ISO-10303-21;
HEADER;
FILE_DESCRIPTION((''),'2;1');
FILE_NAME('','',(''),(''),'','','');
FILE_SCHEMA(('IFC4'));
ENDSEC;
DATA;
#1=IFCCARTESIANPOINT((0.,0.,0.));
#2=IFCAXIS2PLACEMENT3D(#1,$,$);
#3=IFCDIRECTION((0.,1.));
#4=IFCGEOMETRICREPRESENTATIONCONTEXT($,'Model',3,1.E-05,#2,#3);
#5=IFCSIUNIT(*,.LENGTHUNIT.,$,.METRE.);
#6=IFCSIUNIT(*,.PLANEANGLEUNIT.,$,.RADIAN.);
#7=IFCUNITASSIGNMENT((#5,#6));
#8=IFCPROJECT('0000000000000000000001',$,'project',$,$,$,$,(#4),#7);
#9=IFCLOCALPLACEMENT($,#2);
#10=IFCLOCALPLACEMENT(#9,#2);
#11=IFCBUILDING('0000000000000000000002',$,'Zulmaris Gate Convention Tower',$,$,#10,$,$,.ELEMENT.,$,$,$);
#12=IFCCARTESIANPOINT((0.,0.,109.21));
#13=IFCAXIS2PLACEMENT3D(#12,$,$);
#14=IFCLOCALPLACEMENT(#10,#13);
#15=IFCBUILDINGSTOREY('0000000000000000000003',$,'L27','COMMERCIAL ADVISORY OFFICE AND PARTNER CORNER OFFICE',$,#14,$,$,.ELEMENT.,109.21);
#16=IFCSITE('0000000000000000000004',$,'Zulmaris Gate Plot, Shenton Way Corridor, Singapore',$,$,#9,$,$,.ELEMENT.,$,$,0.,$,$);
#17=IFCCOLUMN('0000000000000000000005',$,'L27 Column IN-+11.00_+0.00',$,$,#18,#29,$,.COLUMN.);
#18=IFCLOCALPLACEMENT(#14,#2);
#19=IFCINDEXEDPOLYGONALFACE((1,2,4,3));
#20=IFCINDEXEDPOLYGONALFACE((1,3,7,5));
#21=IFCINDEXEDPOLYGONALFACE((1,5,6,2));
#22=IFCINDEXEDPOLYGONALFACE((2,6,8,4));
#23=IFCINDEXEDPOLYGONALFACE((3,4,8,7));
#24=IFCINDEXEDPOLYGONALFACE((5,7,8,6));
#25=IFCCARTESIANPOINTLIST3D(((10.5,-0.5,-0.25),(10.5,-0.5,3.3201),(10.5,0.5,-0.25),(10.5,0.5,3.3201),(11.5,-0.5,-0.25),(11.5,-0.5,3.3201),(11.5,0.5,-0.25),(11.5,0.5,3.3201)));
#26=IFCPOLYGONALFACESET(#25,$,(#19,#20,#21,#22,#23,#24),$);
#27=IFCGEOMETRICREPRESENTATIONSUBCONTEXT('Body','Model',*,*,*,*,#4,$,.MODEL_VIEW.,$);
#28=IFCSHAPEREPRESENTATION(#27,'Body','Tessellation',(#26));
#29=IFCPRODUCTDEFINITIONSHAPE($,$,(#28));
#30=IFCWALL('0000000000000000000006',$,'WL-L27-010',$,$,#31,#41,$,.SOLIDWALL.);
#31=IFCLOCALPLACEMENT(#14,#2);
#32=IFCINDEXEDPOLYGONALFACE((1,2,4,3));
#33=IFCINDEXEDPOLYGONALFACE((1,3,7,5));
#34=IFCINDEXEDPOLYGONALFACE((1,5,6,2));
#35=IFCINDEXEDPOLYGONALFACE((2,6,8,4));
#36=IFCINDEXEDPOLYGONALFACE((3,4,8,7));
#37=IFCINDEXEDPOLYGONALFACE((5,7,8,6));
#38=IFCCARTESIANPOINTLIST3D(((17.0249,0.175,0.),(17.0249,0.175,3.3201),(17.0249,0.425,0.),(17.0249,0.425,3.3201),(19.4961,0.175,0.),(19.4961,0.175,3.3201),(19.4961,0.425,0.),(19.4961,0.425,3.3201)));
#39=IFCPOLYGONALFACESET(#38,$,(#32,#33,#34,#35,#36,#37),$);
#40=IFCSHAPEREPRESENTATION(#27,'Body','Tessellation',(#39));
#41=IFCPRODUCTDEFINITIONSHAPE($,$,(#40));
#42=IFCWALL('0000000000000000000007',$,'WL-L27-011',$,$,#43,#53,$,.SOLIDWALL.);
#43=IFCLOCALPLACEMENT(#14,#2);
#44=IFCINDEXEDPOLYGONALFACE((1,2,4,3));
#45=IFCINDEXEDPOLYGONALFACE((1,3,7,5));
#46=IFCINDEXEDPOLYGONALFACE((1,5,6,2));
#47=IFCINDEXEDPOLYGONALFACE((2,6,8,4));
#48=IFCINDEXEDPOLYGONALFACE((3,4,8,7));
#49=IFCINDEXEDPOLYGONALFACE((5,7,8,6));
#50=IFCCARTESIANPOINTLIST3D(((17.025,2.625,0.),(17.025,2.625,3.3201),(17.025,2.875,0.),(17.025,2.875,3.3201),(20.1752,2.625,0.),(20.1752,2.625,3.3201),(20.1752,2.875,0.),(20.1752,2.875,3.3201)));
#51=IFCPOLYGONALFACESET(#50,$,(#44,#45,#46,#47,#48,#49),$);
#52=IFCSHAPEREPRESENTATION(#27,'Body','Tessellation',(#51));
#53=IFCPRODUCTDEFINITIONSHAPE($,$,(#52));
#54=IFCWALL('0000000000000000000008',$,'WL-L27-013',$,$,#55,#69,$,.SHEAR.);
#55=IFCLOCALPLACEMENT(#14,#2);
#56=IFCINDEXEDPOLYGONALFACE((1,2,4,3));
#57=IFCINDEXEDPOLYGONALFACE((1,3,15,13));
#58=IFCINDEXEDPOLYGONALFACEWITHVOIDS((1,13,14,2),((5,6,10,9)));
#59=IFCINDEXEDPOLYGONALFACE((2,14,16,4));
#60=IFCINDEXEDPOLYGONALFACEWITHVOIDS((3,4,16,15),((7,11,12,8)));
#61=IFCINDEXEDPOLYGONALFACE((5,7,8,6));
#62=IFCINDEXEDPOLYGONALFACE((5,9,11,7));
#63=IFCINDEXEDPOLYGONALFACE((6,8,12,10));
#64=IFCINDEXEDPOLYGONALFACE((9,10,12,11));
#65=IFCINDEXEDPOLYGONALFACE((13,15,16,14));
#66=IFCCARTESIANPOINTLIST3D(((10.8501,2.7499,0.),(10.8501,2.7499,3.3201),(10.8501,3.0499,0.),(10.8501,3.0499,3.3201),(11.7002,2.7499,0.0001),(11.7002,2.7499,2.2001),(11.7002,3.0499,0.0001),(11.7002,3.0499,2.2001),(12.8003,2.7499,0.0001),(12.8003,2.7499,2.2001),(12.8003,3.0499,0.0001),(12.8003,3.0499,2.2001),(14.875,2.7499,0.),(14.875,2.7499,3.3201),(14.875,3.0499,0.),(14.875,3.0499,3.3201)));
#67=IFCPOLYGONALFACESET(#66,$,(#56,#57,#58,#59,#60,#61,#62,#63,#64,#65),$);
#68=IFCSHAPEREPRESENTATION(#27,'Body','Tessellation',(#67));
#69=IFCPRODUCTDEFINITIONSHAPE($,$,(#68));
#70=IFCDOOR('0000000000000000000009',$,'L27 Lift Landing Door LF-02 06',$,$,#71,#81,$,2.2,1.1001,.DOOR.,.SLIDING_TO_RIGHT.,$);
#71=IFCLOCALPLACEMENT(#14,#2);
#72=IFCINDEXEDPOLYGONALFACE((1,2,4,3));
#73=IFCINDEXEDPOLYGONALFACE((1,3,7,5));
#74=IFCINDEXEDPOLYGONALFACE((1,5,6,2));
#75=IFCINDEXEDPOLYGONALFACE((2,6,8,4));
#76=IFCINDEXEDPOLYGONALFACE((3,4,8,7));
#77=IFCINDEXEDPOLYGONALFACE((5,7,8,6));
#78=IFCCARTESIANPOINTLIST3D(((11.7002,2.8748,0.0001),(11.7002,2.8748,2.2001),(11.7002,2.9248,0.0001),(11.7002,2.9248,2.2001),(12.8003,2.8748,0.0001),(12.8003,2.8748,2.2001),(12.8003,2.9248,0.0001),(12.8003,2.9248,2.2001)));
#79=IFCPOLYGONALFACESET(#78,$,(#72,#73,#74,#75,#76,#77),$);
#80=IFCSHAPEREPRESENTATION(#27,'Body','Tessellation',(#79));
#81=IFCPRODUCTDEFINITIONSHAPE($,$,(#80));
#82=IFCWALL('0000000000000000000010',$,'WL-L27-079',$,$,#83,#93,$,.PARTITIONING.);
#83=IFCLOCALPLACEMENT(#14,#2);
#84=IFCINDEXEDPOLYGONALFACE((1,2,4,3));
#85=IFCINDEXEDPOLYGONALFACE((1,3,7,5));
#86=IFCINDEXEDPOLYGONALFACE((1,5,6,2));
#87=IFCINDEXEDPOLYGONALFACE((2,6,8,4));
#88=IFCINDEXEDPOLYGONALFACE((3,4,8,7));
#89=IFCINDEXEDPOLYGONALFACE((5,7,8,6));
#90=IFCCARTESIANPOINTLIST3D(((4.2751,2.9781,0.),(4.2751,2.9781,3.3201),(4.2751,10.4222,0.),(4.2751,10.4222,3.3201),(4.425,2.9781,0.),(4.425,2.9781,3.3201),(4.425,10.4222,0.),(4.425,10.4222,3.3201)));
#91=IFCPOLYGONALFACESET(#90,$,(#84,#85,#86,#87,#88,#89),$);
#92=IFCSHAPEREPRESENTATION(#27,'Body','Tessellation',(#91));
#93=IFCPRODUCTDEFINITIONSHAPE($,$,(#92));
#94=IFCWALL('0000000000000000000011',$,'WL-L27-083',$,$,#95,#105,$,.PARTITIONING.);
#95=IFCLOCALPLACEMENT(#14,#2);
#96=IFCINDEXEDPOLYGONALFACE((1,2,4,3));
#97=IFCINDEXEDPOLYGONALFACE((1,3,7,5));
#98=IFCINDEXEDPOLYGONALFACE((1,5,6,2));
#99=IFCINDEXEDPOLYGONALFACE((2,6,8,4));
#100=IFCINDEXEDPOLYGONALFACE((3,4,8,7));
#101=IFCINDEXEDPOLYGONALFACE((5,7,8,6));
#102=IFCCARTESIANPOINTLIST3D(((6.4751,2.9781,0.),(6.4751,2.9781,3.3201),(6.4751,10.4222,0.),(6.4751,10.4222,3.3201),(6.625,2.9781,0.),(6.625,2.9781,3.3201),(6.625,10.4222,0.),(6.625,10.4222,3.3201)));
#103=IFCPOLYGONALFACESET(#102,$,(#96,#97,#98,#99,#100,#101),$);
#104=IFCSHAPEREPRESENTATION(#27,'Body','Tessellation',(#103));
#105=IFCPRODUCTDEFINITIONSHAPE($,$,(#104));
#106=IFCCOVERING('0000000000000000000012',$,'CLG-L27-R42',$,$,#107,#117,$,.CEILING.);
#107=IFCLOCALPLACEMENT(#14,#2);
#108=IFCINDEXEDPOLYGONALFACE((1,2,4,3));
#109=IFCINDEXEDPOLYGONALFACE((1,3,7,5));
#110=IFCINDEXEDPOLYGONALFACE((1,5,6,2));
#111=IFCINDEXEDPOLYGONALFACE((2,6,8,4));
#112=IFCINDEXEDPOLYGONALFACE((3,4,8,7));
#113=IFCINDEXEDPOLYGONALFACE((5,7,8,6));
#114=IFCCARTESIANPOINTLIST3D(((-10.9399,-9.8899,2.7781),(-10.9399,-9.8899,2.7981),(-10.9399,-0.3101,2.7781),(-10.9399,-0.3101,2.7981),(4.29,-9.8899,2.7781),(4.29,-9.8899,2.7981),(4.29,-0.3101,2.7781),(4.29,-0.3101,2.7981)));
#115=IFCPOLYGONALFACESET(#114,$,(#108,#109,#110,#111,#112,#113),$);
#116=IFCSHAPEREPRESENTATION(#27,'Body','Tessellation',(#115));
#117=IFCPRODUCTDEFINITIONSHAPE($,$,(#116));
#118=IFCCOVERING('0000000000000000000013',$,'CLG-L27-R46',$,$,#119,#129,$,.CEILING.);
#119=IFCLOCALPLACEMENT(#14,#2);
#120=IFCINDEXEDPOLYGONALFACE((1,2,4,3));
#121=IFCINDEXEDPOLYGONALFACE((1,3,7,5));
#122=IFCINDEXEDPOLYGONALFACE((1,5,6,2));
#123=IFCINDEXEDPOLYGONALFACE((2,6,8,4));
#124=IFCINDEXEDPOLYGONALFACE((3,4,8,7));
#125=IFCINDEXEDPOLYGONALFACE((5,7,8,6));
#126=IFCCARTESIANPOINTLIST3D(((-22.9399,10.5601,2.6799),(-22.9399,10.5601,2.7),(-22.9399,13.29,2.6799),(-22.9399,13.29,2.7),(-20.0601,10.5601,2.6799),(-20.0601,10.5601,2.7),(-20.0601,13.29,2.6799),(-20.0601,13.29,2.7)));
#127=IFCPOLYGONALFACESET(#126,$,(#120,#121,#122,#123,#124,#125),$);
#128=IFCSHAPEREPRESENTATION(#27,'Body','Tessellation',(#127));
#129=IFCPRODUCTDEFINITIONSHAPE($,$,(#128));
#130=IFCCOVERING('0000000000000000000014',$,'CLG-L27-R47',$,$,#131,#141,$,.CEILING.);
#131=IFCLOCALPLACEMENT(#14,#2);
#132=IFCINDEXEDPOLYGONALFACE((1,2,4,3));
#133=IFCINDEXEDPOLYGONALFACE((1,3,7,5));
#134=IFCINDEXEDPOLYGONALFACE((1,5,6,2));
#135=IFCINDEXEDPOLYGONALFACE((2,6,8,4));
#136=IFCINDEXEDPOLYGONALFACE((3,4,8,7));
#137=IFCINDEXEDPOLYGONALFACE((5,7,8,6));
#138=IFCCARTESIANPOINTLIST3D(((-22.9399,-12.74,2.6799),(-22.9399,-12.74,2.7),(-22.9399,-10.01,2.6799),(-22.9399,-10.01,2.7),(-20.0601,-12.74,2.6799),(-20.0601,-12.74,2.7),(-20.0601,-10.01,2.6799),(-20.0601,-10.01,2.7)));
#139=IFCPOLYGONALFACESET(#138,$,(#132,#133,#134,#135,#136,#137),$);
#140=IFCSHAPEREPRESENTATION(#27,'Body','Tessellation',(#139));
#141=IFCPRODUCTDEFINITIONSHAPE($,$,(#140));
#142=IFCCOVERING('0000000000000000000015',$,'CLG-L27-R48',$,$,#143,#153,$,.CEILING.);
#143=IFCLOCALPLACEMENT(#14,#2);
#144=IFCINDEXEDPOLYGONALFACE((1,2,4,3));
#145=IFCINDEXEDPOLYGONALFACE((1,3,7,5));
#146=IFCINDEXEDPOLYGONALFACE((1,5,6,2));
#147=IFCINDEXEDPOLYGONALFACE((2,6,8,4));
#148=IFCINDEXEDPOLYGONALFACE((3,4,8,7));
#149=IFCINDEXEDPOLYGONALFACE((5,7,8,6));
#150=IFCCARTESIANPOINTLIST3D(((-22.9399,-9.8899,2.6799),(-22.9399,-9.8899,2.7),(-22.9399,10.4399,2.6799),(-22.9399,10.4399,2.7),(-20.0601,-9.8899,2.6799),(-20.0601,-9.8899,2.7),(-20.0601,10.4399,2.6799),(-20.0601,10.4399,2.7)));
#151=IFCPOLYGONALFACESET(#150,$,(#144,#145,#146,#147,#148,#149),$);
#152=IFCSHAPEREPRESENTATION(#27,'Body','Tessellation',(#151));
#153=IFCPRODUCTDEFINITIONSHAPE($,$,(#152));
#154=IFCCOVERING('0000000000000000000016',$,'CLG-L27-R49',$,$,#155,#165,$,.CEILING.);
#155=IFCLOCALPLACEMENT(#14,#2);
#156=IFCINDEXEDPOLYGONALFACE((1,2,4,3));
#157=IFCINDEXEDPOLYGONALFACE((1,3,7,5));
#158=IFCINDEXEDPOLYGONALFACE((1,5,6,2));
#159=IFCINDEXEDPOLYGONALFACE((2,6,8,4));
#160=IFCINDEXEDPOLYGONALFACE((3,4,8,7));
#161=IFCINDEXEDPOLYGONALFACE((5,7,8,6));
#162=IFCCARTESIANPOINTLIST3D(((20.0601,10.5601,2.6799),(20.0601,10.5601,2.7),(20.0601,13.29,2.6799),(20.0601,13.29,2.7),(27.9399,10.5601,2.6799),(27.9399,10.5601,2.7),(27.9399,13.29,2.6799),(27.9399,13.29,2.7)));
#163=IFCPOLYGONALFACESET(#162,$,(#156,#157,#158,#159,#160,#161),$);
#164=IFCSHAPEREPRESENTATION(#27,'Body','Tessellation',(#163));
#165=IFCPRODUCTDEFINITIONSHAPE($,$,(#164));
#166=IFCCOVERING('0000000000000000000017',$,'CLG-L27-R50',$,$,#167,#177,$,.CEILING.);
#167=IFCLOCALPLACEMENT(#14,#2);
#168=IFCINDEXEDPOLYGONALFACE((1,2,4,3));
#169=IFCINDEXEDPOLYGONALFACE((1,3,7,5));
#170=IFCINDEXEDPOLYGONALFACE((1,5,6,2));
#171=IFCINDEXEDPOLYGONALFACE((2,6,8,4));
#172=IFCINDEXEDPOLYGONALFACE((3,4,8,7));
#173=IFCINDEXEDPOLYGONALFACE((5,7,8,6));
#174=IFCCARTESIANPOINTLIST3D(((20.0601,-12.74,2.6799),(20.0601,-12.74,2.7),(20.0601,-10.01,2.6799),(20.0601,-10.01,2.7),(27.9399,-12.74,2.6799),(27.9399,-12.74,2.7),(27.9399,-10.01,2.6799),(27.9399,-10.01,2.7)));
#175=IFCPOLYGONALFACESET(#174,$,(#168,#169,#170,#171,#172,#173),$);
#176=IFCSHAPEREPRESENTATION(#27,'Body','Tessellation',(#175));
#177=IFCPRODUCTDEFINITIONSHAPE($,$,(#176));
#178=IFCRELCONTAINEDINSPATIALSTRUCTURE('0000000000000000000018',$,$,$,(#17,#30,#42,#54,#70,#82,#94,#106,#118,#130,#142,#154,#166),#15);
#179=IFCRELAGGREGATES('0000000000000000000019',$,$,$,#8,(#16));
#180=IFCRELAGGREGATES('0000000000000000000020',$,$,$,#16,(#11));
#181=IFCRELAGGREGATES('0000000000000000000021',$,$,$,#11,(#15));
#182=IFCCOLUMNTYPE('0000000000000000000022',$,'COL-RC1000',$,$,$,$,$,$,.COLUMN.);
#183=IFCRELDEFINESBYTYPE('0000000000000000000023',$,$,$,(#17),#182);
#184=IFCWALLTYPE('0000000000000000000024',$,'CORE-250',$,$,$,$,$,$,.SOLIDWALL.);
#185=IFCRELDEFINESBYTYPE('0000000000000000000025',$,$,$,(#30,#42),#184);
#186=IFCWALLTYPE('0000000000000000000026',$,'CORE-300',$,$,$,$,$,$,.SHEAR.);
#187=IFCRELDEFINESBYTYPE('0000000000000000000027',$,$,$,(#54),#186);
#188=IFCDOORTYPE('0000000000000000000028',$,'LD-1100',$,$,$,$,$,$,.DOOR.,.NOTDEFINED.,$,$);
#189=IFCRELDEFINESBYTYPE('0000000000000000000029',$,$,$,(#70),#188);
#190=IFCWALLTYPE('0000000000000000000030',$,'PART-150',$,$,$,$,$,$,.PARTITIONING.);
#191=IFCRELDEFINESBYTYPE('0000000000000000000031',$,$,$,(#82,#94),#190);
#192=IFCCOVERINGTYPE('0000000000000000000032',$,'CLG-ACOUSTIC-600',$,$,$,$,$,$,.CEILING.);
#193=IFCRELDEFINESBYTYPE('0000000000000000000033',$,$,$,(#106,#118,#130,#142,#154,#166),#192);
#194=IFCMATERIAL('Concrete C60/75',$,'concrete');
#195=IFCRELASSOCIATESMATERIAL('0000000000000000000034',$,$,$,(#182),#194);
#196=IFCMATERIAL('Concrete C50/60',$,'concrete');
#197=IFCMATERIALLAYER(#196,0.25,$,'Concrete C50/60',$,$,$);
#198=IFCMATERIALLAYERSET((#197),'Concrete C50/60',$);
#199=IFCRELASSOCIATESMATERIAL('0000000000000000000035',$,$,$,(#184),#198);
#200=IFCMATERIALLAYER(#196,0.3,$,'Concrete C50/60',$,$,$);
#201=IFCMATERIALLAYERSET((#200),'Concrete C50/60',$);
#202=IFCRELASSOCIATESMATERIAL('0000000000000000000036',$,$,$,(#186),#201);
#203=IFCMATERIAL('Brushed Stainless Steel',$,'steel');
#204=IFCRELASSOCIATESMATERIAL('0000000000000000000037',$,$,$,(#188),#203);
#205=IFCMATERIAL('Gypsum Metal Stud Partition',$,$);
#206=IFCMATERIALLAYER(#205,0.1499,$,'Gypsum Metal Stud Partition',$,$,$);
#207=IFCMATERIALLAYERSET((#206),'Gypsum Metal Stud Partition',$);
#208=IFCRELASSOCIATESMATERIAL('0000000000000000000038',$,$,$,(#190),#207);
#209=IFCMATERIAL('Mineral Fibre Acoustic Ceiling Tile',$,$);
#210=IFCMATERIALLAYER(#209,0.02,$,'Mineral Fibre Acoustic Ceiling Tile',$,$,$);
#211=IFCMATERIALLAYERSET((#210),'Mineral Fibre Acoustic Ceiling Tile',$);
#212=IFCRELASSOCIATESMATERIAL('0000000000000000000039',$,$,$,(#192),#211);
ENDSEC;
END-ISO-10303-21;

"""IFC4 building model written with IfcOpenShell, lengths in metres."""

from ifc_helpers import new_model, si_unit, direction, frame, frame_2d, origin, origin_2d, place, context, subcontext, project, spatial, polyline, rectangle, outline, extrude, material, layer, layer_set, material_profile, profile_set, type_object, element, fill, save


model = new_model("IFC4")

# Units and contexts
model_context = context("Model", 3, precision=1e-05, world=origin(), true_north=direction((0.0, 1.0)))
body_context = subcontext(model_context, "Body", "Model", "MODEL_VIEW")
ifc_project = project(units=[si_unit("LENGTHUNIT", "METRE"), si_unit("PLANEANGLEUNIT", "RADIAN")], contexts=[model_context])

# Site, building, storey
site_placement = place(None, origin())
site = spatial("IfcSite", under=ifc_project, at=site_placement, Name="Zulmaris Gate Plot, Shenton Way Corridor, Singapore", CompositionType="ELEMENT", RefElevation=0.0)
building_placement = place(site_placement, origin())
building = spatial("IfcBuilding", under=site, at=building_placement, Name="Zulmaris Gate Convention Tower", CompositionType="ELEMENT")
storey_placement = place(building_placement, frame((0.0, 0.0, 109.21)))
storey = spatial("IfcBuildingStorey", under=building, at=storey_placement, Name="L27", Description="COMMERCIAL ADVISORY OFFICE AND PARTNER CORNER OFFICE", CompositionType="ELEMENT", Elevation=109.21)

# Column
ifc_material_1 = material(Name="Concrete C60/75", Category="concrete")
ifc_material_profile = material_profile(ifc_material_1, rectangle(XDim=1.0, YDim=1.0, at=origin_2d()), Name="RC COL 1000x1000")
ifc_profile_set = profile_set([ifc_material_profile], Name="Concrete C60/75")
column_type = type_object("IfcColumnType", Name="COL-RC1000", PredefinedType="COLUMN", material=ifc_profile_set)
column_placement = place(storey_placement, frame((11.0, 0.0, -0.25), z_axis=(0.0, 0.0, 1.0), x_axis=(1.0, 0.0, 0.0)))
element("IfcColumn", 1, at=column_placement, inside=storey, type_object=column_type, Name="L27 Column IN-+11.00_+0.00", PredefinedType="COLUMN", context=body_context, shape_type="SweptSolid", body=[
    extrude(rectangle(XDim=1.0, YDim=1.0, at=origin_2d()), origin(), (0.0, 0.0, 1.0), 3.5701),
])

# Walls
ifc_material_2 = material(Name="Concrete C50/60", Category="concrete")
ifc_layer_1 = layer(ifc_material_2, 0.25, Name="Concrete C50/60")
ifc_layer_set_1 = layer_set([ifc_layer_1], Name="Concrete C50/60")
wall_type_1 = type_object("IfcWallType", Name="CORE-250", PredefinedType="SOLIDWALL", material=ifc_layer_set_1)
wall_1_placement = place(storey_placement, frame((17.0249, 0.3, 0.0), z_axis=(0.0, 0.0, 1.0), x_axis=(1.0, 0.0, 0.0)))
element("IfcWall", 2, at=wall_1_placement, inside=storey, type_object=wall_type_1, Name="WL-L27-010", PredefinedType="SOLIDWALL", context=body_context, shape_type="SweptSolid", body=[
    extrude(rectangle(XDim=2.4712, YDim=0.25, at=frame_2d((1.2356, 0.0))), origin(), (0.0, 0.0, 1.0), 3.3201),
])
wall_2_placement = place(storey_placement, frame((17.0249, 2.75, 0.0), z_axis=(0.0, 0.0, 1.0), x_axis=(1.0, 0.0, 0.0)))
element("IfcWall", 3, at=wall_2_placement, inside=storey, type_object=wall_type_1, Name="WL-L27-011", PredefinedType="SOLIDWALL", context=body_context, shape_type="SweptSolid", body=[
    extrude(rectangle(XDim=3.1501, YDim=0.25, at=frame_2d((1.5752, 0.0))), origin(), (0.0, 0.0, 1.0), 3.3201),
])

# Wall, opening, door
ifc_layer_2 = layer(ifc_material_2, 0.3, Name="Concrete C50/60")
ifc_layer_set_2 = layer_set([ifc_layer_2], Name="Concrete C50/60")
wall_type_2 = type_object("IfcWallType", Name="CORE-300", PredefinedType="SHEAR", material=ifc_layer_set_2)
wall_3_placement = place(storey_placement, frame((10.8501, 2.8999, 0.0), z_axis=(0.0, 0.0, 1.0), x_axis=(1.0, 0.0, 0.0)))
wall_3 = element("IfcWall", 4, at=wall_3_placement, inside=storey, type_object=wall_type_2, Name="WL-L27-013", PredefinedType="SHEAR", context=body_context, shape_type="SweptSolid", body=[
    extrude(rectangle(XDim=4.0249, YDim=0.3, at=frame_2d((2.0125, 0.0))), origin(), (0.0, 0.0, 1.0), 3.3201),
])
opening_1_placement = place(wall_3_placement, frame((0.8501, 0.0, 0.0)))
opening_1 = element("IfcOpeningElement", 5, at=opening_1_placement, cuts=wall_3, PredefinedType="OPENING", context=body_context, shape_type="SweptSolid", body=[
    extrude(rectangle(XDim=1.1001, YDim=2.2, at=frame_2d((0.55, 1.1001))), frame((0.0, 0.1602, 0.0), z_axis=(0.0, -1.0, 0.0), x_axis=(1.0, 0.0, 0.0)), (0.0, 0.0, 1.0), 0.3201),
])
ifc_material_3 = material(Name="Brushed Stainless Steel", Category="steel")
door_type_1 = type_object("IfcDoorType", Name="LD-1100", OperationType="NOTDEFINED", PredefinedType="DOOR", material=ifc_material_3)
door_1_placement = place(opening_1_placement, origin())
door_1 = element("IfcDoor", 6, at=door_1_placement, inside=storey, type_object=door_type_1, Name="L27 Lift Landing Door LF-02 06", OperationType="SLIDING_TO_RIGHT", OverallHeight=2.2, OverallWidth=1.1001, PredefinedType="DOOR", context=body_context, shape_type="SweptSolid", body=[
    extrude(rectangle(XDim=1.1001, YDim=2.2, at=frame_2d((0.55, 1.1001))), frame((0.0, 0.0249, 0.0), z_axis=(0.0, -1.0, 0.0), x_axis=(1.0, 0.0, 0.0)), (0.0, 0.0, 1.0), 0.05),
])
fill(opening_1, door_1)

# Walls
ifc_material_4 = material(Name="Gypsum Metal Stud Partition")
ifc_layer_3 = layer(ifc_material_4, 0.1499, Name="Gypsum Metal Stud Partition")
ifc_layer_set_3 = layer_set([ifc_layer_3], Name="Gypsum Metal Stud Partition")
wall_type_3 = type_object("IfcWallType", Name="PART-150", PredefinedType="PARTITIONING", material=ifc_layer_set_3)
for number, where, z_axis, x_axis, name in (
    (7, (4.3501, 2.978, 0.0), (0.0, 0.0, 1.0), (0.0, 1.0, 0.0), "WL-L27-079"),
    (8, (6.55, 2.978, 0.0), (0.0, 0.0, 1.0), (0.0, 1.0, 0.0), "WL-L27-083"),
):
    element("IfcWall", number, at=place(storey_placement, frame(where, z_axis=z_axis, x_axis=x_axis)), inside=storey, type_object=wall_type_3, Name=name, PredefinedType="PARTITIONING", context=body_context, shape_type="SweptSolid", body=[
        extrude(rectangle(XDim=7.4441, YDim=0.1499, at=frame_2d((3.7222, 0.0))), origin(), (0.0, 0.0, 1.0), 3.3201),
    ])

# Coverings
ifc_material_5 = material(Name="Mineral Fibre Acoustic Ceiling Tile")
ifc_layer_4 = layer(ifc_material_5, 0.02, Name="Mineral Fibre Acoustic Ceiling Tile")
ifc_layer_set_4 = layer_set([ifc_layer_4], Name="Mineral Fibre Acoustic Ceiling Tile")
covering_type_1 = type_object("IfcCoveringType", Name="CLG-ACOUSTIC-600", PredefinedType="CEILING", material=ifc_layer_set_4)
covering_1_placement = place(storey_placement, frame((0.0, 0.0, 2.7781)))
element("IfcCovering", 9, at=covering_1_placement, inside=storey, type_object=covering_type_1, Name="CLG-L27-R42", PredefinedType="CEILING", context=body_context, shape_type="SweptSolid", body=[
    extrude(outline(polyline([(-10.9399, -9.8899), (4.29, -9.8899), (4.29, -0.3101), (-10.9399, -0.3101), (-10.9399, -9.8899)])), origin(), (0.0, 0.0, 1.0), 0.02),
])
covering_2_placement = place(storey_placement, frame((0.0, 0.0, 2.6799)))
element("IfcCovering", 10, at=covering_2_placement, inside=storey, type_object=covering_type_1, Name="CLG-L27-R46", PredefinedType="CEILING", context=body_context, shape_type="SweptSolid", body=[
    extrude(outline(polyline([(-22.9399, 10.5601), (-20.0601, 10.5601), (-20.0601, 13.29), (-22.9399, 13.29), (-22.9399, 10.5601)])), origin(), (0.0, 0.0, 1.0), 0.02),
])
covering_3_placement = place(storey_placement, frame((0.0, 0.0, 2.6799)))
element("IfcCovering", 11, at=covering_3_placement, inside=storey, type_object=covering_type_1, Name="CLG-L27-R47", PredefinedType="CEILING", context=body_context, shape_type="SweptSolid", body=[
    extrude(outline(polyline([(-22.9399, -12.74), (-20.0601, -12.74), (-20.0601, -10.01), (-22.9399, -10.01), (-22.9399, -12.74)])), origin(), (0.0, 0.0, 1.0), 0.02),
])
covering_4_placement = place(storey_placement, frame((0.0, 0.0, 2.6799)))
element("IfcCovering", 12, at=covering_4_placement, inside=storey, type_object=covering_type_1, Name="CLG-L27-R48", PredefinedType="CEILING", context=body_context, shape_type="SweptSolid", body=[
    extrude(outline(polyline([(-22.9399, -9.8899), (-20.0601, -9.8899), (-20.0601, 10.4399), (-22.9399, 10.4399), (-22.9399, -9.8899)])), origin(), (0.0, 0.0, 1.0), 0.02),
])
covering_5_placement = place(storey_placement, frame((0.0, 0.0, 2.6799)))
element("IfcCovering", 13, at=covering_5_placement, inside=storey, type_object=covering_type_1, Name="CLG-L27-R49", PredefinedType="CEILING", context=body_context, shape_type="SweptSolid", body=[
    extrude(outline(polyline([(20.0601, 10.5601), (27.9399, 10.5601), (27.9399, 13.29), (20.0601, 13.29), (20.0601, 10.5601)])), origin(), (0.0, 0.0, 1.0), 0.02),
])
covering_6_placement = place(storey_placement, frame((0.0, 0.0, 2.6799)))
element("IfcCovering", 14, at=covering_6_placement, inside=storey, type_object=covering_type_1, Name="CLG-L27-R50", PredefinedType="CEILING", context=body_context, shape_type="SweptSolid", body=[
    extrude(outline(polyline([(20.0601, -12.74), (27.9399, -12.74), (27.9399, -10.01), (20.0601, -10.01), (20.0601, -12.74)])), origin(), (0.0, 0.0, 1.0), 0.02),
])

save(model, "model.ifc")
